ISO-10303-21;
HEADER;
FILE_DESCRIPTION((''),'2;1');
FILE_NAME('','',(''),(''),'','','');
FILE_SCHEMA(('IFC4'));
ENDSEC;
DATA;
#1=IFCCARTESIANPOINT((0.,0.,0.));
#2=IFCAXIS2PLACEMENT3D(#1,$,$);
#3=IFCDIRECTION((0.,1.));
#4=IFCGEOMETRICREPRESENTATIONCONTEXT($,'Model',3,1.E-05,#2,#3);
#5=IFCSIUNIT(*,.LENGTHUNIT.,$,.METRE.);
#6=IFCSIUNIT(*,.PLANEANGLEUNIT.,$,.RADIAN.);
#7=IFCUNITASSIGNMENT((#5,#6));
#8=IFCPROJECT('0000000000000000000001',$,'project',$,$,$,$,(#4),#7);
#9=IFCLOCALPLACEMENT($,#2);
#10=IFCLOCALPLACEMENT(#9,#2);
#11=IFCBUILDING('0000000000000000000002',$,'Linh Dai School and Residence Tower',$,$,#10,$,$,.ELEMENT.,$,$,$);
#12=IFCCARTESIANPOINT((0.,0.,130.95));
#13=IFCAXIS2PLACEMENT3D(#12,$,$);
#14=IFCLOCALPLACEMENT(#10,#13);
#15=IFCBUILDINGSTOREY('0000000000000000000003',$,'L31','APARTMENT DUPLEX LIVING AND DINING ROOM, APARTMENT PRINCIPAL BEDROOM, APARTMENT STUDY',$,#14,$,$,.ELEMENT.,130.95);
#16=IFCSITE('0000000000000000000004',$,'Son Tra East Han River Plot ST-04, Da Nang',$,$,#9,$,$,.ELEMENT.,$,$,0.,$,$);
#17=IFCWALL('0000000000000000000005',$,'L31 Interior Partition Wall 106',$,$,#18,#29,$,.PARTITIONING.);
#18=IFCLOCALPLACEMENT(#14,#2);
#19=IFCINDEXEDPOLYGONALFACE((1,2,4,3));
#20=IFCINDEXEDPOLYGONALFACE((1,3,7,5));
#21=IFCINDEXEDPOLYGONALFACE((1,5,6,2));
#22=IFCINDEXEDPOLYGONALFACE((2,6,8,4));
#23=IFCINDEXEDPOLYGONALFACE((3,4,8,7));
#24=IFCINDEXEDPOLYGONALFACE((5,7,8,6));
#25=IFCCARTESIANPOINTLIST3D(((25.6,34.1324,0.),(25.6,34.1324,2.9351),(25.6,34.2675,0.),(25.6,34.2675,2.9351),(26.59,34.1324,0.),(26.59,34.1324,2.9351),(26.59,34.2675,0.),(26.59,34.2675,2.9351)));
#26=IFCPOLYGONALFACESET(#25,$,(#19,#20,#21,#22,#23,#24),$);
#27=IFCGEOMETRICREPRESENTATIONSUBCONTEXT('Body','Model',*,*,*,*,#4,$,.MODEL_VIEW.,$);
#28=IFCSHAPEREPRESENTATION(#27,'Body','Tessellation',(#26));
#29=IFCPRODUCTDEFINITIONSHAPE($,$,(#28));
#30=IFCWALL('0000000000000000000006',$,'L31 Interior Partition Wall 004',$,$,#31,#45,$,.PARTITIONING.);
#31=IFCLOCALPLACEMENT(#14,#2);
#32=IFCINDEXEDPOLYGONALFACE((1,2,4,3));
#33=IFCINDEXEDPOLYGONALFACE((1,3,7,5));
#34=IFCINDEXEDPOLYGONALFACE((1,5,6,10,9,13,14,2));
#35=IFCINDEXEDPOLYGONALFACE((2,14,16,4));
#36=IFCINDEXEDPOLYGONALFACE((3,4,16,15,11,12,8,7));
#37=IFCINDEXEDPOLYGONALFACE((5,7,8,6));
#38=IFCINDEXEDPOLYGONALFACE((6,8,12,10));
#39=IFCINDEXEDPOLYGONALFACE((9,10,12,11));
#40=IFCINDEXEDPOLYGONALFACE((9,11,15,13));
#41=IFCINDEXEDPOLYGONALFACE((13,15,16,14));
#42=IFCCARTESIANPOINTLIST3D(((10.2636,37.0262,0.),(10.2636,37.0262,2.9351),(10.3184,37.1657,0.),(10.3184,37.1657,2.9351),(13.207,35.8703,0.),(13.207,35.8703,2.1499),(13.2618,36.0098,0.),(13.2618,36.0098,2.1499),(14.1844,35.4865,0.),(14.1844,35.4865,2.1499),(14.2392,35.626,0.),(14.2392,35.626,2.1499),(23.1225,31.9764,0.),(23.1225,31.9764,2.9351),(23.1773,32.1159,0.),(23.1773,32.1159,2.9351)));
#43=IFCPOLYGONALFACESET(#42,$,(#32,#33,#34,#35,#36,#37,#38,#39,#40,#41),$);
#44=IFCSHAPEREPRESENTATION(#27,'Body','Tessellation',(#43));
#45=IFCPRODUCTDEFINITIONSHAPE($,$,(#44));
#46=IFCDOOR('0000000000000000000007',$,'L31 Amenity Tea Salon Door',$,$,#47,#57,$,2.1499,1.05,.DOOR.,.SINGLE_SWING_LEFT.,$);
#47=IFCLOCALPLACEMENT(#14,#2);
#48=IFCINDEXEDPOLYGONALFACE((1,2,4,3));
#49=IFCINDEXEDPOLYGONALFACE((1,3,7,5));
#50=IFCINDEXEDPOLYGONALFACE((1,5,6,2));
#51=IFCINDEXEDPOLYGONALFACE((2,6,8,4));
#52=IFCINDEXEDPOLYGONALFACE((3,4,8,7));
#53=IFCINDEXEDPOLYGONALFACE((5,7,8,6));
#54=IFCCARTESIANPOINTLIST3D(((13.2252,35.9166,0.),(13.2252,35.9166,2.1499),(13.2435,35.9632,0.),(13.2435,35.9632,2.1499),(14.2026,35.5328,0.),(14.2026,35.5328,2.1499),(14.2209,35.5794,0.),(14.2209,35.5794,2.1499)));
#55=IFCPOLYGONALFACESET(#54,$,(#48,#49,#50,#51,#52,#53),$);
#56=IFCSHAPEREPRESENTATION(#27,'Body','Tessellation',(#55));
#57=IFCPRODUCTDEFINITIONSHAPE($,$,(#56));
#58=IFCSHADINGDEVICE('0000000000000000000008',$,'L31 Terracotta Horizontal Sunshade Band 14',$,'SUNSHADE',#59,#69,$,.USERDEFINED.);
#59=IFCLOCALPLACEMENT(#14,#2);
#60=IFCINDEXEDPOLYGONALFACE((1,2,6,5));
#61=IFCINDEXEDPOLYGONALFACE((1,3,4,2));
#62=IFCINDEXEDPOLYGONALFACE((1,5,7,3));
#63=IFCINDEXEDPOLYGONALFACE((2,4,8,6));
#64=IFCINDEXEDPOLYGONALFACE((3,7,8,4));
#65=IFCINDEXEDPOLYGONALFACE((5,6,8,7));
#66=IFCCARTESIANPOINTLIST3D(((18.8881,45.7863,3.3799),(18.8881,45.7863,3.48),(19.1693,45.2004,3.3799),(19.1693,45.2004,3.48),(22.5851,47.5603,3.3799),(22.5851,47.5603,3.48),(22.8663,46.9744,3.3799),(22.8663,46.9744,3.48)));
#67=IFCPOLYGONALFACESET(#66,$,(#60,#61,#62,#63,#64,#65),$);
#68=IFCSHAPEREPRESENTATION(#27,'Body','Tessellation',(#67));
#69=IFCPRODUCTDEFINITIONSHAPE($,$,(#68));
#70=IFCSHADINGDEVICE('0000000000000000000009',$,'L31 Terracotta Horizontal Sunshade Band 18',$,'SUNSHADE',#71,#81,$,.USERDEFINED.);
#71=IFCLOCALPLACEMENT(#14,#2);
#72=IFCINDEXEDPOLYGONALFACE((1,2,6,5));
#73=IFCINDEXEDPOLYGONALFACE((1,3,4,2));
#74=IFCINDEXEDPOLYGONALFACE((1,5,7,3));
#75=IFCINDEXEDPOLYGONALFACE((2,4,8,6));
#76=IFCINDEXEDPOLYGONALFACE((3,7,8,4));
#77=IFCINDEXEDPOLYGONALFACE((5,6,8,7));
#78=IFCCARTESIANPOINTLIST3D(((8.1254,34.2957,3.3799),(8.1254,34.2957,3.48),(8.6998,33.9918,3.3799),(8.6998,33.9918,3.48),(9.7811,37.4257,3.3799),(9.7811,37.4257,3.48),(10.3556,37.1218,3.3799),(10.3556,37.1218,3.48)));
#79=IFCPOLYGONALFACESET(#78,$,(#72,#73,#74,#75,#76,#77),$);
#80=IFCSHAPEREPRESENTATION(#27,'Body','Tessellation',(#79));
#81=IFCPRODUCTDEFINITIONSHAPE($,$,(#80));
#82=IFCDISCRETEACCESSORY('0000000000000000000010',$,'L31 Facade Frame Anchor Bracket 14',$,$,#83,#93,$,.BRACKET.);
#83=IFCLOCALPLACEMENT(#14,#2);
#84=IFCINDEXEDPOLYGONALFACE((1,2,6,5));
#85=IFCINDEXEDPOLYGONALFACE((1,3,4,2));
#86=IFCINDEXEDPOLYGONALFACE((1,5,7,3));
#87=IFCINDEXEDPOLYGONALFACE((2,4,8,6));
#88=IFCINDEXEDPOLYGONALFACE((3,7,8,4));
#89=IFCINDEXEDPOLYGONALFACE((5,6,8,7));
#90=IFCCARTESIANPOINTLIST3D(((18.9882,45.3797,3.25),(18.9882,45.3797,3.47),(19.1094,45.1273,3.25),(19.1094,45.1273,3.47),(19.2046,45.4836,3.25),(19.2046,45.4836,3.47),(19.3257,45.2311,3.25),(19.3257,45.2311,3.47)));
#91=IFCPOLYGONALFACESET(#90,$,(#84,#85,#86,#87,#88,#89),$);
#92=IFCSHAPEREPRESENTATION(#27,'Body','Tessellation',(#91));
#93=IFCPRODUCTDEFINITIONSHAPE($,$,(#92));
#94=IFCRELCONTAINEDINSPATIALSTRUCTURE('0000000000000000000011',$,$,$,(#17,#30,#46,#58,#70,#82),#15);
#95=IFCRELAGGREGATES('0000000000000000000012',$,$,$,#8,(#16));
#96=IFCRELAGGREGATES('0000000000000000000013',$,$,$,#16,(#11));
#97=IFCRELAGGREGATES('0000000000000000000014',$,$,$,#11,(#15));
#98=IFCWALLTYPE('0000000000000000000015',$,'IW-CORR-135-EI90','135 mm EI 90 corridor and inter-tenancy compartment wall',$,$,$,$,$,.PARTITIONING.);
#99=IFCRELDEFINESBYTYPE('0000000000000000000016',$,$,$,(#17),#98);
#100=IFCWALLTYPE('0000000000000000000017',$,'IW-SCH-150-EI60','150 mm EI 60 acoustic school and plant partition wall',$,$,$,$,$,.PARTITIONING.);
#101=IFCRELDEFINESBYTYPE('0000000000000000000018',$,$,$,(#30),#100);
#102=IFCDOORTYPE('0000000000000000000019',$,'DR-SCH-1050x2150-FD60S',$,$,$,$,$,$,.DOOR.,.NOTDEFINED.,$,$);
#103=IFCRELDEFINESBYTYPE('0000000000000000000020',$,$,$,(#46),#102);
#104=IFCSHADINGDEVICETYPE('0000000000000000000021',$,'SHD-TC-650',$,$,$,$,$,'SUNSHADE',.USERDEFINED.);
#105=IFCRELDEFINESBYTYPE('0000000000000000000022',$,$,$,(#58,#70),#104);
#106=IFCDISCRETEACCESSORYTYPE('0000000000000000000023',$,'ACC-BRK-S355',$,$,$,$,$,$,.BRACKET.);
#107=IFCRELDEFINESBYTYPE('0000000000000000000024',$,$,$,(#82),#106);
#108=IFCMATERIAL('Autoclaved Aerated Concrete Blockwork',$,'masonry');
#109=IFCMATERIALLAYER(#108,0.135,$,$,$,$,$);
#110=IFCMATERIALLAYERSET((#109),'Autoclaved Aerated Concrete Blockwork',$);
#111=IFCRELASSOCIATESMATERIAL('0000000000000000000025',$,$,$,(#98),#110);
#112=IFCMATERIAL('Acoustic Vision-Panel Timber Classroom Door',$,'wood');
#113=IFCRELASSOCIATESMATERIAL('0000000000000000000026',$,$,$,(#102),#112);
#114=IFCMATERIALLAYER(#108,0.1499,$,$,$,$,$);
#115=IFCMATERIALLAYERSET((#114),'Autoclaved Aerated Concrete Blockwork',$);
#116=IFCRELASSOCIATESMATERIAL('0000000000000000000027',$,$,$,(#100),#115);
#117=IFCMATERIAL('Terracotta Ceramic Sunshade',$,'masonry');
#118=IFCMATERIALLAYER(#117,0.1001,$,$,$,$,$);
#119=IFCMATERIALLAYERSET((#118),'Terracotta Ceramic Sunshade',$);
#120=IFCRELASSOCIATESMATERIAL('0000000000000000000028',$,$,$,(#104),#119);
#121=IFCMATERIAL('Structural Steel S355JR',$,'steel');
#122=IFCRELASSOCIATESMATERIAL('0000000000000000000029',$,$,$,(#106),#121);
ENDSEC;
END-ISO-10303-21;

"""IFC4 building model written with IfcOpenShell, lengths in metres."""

from ifc_helpers import new_model, si_unit, direction, frame, frame_2d, origin, origin_2d, place, context, subcontext, project, spatial, rectangle, extrude, source, transform, mapped, material, layer, layer_set, type_object, element, fill, save


model = new_model("IFC4")

# Units and contexts
model_context = context("Model", 3, precision=1e-05, world=origin(), true_north=direction((0.0, 1.0)))
body_context = subcontext(model_context, "Body", "Model", "MODEL_VIEW")
ifc_project = project(units=[si_unit("LENGTHUNIT", "METRE"), si_unit("PLANEANGLEUNIT", "RADIAN")], contexts=[model_context])

# Site, building, storey
site_placement = place(None, origin())
site = spatial("IfcSite", under=ifc_project, at=site_placement, Name="Son Tra East Han River Plot ST-04, Da Nang", CompositionType="ELEMENT", RefElevation=0.0)
building_placement = place(site_placement, origin())
building = spatial("IfcBuilding", under=site, at=building_placement, Name="Linh Dai School and Residence Tower", CompositionType="ELEMENT")
storey_placement = place(building_placement, frame((0.0, 0.0, 130.95)))
storey = spatial("IfcBuildingStorey", under=building, at=storey_placement, Name="L31", Description="APARTMENT DUPLEX LIVING AND DINING ROOM, APARTMENT PRINCIPAL BEDROOM, APARTMENT STUDY", CompositionType="ELEMENT", Elevation=130.95)

# Shared definitions
ifc_material_1 = material(Name="Structural Steel S355JR", Category="steel")

# Shared definitions
ifc_material_2 = material(Name="Autoclaved Aerated Concrete Blockwork", Category="masonry")
ifc_layer_1 = layer(ifc_material_2, 0.135)
ifc_layer_set_1 = layer_set([ifc_layer_1], Name="Autoclaved Aerated Concrete Blockwork")
wall_type_1 = type_object("IfcWallType", Name="IW-CORR-135-EI90", Description="135 mm EI 90 corridor and inter-tenancy compartment wall", PredefinedType="PARTITIONING", material=ifc_layer_set_1)
ifc_material_3 = material(Name="Acoustic Vision-Panel Timber Classroom Door", Category="wood")
door_type = type_object("IfcDoorType", Name="DR-SCH-1050x2150-FD60S", OperationType="NOTDEFINED", PredefinedType="DOOR", material=ifc_material_3)
shared_shape_1 = source(origin(), body_context, "Body", "SweptSolid", [
    extrude(rectangle(XDim=1.05, YDim=2.1499, at=origin_2d()), frame((0.5249, 0.0249, 1.075), z_axis=(0.0, -1.0, 0.0), x_axis=(1.0, 0.0, 0.0)), (0.0, 0.0, 1.0), 0.05),
])

# Wall
wall_1_placement = place(storey_placement, frame((26.5901, 34.2, 0.0), z_axis=(0.0, 0.0, 1.0), x_axis=(-1.0, 0.0, 0.0)))
element("IfcWall", 1, at=wall_1_placement, inside=storey, type_object=wall_type_1, Name="L31 Interior Partition Wall 106", PredefinedType="PARTITIONING", context=body_context, shape_type="SweptSolid", body=[
    extrude(rectangle(XDim=0.99, YDim=0.135, at=frame_2d((0.4951, 0.0))), origin(), (0.0, 0.0, 1.0), 2.9351),
])

# Wall, opening, door
ifc_layer_2 = layer(ifc_material_2, 0.1499)
ifc_layer_set_2 = layer_set([ifc_layer_2], Name="Autoclaved Aerated Concrete Blockwork")
wall_type_2 = type_object("IfcWallType", Name="IW-SCH-150-EI60", Description="150 mm EI 60 acoustic school and plant partition wall", PredefinedType="PARTITIONING", material=ifc_layer_set_2)
wall_2_placement = place(storey_placement, frame((10.291, 37.0959, 0.0), z_axis=(0.0, 0.0, 1.0), x_axis=(0.930798, -0.365533, 0.0)))
wall_2 = element("IfcWall", 2, at=wall_2_placement, inside=storey, type_object=wall_type_2, Name="L31 Interior Partition Wall 004", PredefinedType="PARTITIONING", context=body_context, shape_type="SweptSolid", body=[
    extrude(rectangle(XDim=13.8149, YDim=0.1499, at=frame_2d((6.9075, 0.0))), origin(), (0.0, 0.0, 1.0), 2.9351),
])
opening_1_placement = place(wall_2_placement, frame((3.1624, 0.0, 0.0)))
opening_1 = element("IfcOpeningElement", 3, at=opening_1_placement, cuts=wall_2, PredefinedType="OPENING", context=body_context, shape_type="SweptSolid", body=[
    extrude(rectangle(XDim=1.05, YDim=2.1499, at=origin_2d()), frame((0.5249, 0.085, 1.075), z_axis=(0.0, -1.0, 0.0), x_axis=(1.0, 0.0, 0.0)), (0.0, 0.0, 1.0), 0.1699),
])
door_1_placement = place(opening_1_placement, origin())
door_1 = element("IfcDoor", 4, at=door_1_placement, inside=storey, type_object=door_type, Name="L31 Amenity Tea Salon Door", OperationType="SINGLE_SWING_LEFT", OverallHeight=2.1499, OverallWidth=1.05, PredefinedType="DOOR", context=body_context, shape_type="MappedRepresentation", body=[
    mapped(shared_shape_1, transform((0.0, 0.0, 0.0), x_axis=(1.0, 0.0, 0.0), y_axis=(0.0, 1.0, 0.0), z_axis=(0.0, 0.0, 1.0), scale=1.0)),
])
fill(opening_1, door_1)

# Shading devices
ifc_material_4 = material(Name="Terracotta Ceramic Sunshade", Category="masonry")
ifc_layer_3 = layer(ifc_material_4, 0.1001)
ifc_layer_set_3 = layer_set([ifc_layer_3], Name="Terracotta Ceramic Sunshade")
shading_device_type = type_object("IfcShadingDeviceType", Name="SHD-TC-650", ElementType="SUNSHADE", PredefinedType="USERDEFINED", material=ifc_layer_set_3)
shared_shape_2 = source(origin(), body_context, "Body", "SweptSolid", [
    extrude(rectangle(XDim=4.1006, YDim=0.6499, at=origin_2d()), origin(), (0.0, 0.0, 1.0), 0.1001),
])
shading_device_1_placement = place(storey_placement, frame((20.8772, 46.3804, 3.3799), z_axis=(0.0, 0.0, 1.0), x_axis=(0.901578, 0.432618, 0.0)))
element("IfcShadingDevice", 5, at=shading_device_1_placement, inside=storey, type_object=shading_device_type, Name="L31 Terracotta Horizontal Sunshade Band 14", ObjectType="SUNSHADE", PredefinedType="USERDEFINED", context=body_context, shape_type="MappedRepresentation", body=[
    mapped(shared_shape_2, transform((0.0, 0.0, 0.0), x_axis=(1.0, 0.0, 0.0), y_axis=(0.0, 1.0, 0.0), z_axis=(0.0, 0.0, 1.0), scale=1.0)),
])
shared_shape_3 = source(origin(), body_context, "Body", "SweptSolid", [
    extrude(rectangle(XDim=3.541, YDim=0.6499, at=origin_2d()), origin(), (0.0, 0.0, 1.0), 0.1001),
])
shading_device_2_placement = place(storey_placement, frame((9.2405, 35.7087, 3.3799), z_axis=(0.0, 0.0, 1.0), x_axis=(0.467596, 0.883942, 0.0)))
element("IfcShadingDevice", 6, at=shading_device_2_placement, inside=storey, type_object=shading_device_type, Name="L31 Terracotta Horizontal Sunshade Band 18", ObjectType="SUNSHADE", PredefinedType="USERDEFINED", context=body_context, shape_type="MappedRepresentation", body=[
    mapped(shared_shape_3, transform((0.0, 0.0, 0.0), x_axis=(1.0, 0.0, 0.0), y_axis=(0.0, 1.0, 0.0), z_axis=(0.0, 0.0, 1.0), scale=1.0)),
])

# Discrete accessory
discrete_accessory_type = type_object("IfcDiscreteAccessoryType", Name="ACC-BRK-S355", PredefinedType="BRACKET", material=ifc_material_1)
shared_shape_4 = source(origin(), body_context, "Body", "SweptSolid", [
    extrude(rectangle(XDim=0.28, YDim=0.24, at=origin_2d()), origin(), (0.0, 0.0, 1.0), 0.22),
])
discrete_accessory_placement = place(storey_placement, frame((19.157, 45.3054, 3.25), z_axis=(0.0, 0.0, 1.0), x_axis=(-0.432618, 0.901578, 0.0)))
element("IfcDiscreteAccessory", 7, at=discrete_accessory_placement, inside=storey, type_object=discrete_accessory_type, Name="L31 Facade Frame Anchor Bracket 14", PredefinedType="BRACKET", context=body_context, shape_type="MappedRepresentation", body=[
    mapped(shared_shape_4, transform((0.0, 0.0, 0.0), x_axis=(1.0, 0.0, 0.0), y_axis=(0.0, 1.0, 0.0), z_axis=(0.0, 0.0, 1.0), scale=1.0)),
])

save(model, "model.ifc")
